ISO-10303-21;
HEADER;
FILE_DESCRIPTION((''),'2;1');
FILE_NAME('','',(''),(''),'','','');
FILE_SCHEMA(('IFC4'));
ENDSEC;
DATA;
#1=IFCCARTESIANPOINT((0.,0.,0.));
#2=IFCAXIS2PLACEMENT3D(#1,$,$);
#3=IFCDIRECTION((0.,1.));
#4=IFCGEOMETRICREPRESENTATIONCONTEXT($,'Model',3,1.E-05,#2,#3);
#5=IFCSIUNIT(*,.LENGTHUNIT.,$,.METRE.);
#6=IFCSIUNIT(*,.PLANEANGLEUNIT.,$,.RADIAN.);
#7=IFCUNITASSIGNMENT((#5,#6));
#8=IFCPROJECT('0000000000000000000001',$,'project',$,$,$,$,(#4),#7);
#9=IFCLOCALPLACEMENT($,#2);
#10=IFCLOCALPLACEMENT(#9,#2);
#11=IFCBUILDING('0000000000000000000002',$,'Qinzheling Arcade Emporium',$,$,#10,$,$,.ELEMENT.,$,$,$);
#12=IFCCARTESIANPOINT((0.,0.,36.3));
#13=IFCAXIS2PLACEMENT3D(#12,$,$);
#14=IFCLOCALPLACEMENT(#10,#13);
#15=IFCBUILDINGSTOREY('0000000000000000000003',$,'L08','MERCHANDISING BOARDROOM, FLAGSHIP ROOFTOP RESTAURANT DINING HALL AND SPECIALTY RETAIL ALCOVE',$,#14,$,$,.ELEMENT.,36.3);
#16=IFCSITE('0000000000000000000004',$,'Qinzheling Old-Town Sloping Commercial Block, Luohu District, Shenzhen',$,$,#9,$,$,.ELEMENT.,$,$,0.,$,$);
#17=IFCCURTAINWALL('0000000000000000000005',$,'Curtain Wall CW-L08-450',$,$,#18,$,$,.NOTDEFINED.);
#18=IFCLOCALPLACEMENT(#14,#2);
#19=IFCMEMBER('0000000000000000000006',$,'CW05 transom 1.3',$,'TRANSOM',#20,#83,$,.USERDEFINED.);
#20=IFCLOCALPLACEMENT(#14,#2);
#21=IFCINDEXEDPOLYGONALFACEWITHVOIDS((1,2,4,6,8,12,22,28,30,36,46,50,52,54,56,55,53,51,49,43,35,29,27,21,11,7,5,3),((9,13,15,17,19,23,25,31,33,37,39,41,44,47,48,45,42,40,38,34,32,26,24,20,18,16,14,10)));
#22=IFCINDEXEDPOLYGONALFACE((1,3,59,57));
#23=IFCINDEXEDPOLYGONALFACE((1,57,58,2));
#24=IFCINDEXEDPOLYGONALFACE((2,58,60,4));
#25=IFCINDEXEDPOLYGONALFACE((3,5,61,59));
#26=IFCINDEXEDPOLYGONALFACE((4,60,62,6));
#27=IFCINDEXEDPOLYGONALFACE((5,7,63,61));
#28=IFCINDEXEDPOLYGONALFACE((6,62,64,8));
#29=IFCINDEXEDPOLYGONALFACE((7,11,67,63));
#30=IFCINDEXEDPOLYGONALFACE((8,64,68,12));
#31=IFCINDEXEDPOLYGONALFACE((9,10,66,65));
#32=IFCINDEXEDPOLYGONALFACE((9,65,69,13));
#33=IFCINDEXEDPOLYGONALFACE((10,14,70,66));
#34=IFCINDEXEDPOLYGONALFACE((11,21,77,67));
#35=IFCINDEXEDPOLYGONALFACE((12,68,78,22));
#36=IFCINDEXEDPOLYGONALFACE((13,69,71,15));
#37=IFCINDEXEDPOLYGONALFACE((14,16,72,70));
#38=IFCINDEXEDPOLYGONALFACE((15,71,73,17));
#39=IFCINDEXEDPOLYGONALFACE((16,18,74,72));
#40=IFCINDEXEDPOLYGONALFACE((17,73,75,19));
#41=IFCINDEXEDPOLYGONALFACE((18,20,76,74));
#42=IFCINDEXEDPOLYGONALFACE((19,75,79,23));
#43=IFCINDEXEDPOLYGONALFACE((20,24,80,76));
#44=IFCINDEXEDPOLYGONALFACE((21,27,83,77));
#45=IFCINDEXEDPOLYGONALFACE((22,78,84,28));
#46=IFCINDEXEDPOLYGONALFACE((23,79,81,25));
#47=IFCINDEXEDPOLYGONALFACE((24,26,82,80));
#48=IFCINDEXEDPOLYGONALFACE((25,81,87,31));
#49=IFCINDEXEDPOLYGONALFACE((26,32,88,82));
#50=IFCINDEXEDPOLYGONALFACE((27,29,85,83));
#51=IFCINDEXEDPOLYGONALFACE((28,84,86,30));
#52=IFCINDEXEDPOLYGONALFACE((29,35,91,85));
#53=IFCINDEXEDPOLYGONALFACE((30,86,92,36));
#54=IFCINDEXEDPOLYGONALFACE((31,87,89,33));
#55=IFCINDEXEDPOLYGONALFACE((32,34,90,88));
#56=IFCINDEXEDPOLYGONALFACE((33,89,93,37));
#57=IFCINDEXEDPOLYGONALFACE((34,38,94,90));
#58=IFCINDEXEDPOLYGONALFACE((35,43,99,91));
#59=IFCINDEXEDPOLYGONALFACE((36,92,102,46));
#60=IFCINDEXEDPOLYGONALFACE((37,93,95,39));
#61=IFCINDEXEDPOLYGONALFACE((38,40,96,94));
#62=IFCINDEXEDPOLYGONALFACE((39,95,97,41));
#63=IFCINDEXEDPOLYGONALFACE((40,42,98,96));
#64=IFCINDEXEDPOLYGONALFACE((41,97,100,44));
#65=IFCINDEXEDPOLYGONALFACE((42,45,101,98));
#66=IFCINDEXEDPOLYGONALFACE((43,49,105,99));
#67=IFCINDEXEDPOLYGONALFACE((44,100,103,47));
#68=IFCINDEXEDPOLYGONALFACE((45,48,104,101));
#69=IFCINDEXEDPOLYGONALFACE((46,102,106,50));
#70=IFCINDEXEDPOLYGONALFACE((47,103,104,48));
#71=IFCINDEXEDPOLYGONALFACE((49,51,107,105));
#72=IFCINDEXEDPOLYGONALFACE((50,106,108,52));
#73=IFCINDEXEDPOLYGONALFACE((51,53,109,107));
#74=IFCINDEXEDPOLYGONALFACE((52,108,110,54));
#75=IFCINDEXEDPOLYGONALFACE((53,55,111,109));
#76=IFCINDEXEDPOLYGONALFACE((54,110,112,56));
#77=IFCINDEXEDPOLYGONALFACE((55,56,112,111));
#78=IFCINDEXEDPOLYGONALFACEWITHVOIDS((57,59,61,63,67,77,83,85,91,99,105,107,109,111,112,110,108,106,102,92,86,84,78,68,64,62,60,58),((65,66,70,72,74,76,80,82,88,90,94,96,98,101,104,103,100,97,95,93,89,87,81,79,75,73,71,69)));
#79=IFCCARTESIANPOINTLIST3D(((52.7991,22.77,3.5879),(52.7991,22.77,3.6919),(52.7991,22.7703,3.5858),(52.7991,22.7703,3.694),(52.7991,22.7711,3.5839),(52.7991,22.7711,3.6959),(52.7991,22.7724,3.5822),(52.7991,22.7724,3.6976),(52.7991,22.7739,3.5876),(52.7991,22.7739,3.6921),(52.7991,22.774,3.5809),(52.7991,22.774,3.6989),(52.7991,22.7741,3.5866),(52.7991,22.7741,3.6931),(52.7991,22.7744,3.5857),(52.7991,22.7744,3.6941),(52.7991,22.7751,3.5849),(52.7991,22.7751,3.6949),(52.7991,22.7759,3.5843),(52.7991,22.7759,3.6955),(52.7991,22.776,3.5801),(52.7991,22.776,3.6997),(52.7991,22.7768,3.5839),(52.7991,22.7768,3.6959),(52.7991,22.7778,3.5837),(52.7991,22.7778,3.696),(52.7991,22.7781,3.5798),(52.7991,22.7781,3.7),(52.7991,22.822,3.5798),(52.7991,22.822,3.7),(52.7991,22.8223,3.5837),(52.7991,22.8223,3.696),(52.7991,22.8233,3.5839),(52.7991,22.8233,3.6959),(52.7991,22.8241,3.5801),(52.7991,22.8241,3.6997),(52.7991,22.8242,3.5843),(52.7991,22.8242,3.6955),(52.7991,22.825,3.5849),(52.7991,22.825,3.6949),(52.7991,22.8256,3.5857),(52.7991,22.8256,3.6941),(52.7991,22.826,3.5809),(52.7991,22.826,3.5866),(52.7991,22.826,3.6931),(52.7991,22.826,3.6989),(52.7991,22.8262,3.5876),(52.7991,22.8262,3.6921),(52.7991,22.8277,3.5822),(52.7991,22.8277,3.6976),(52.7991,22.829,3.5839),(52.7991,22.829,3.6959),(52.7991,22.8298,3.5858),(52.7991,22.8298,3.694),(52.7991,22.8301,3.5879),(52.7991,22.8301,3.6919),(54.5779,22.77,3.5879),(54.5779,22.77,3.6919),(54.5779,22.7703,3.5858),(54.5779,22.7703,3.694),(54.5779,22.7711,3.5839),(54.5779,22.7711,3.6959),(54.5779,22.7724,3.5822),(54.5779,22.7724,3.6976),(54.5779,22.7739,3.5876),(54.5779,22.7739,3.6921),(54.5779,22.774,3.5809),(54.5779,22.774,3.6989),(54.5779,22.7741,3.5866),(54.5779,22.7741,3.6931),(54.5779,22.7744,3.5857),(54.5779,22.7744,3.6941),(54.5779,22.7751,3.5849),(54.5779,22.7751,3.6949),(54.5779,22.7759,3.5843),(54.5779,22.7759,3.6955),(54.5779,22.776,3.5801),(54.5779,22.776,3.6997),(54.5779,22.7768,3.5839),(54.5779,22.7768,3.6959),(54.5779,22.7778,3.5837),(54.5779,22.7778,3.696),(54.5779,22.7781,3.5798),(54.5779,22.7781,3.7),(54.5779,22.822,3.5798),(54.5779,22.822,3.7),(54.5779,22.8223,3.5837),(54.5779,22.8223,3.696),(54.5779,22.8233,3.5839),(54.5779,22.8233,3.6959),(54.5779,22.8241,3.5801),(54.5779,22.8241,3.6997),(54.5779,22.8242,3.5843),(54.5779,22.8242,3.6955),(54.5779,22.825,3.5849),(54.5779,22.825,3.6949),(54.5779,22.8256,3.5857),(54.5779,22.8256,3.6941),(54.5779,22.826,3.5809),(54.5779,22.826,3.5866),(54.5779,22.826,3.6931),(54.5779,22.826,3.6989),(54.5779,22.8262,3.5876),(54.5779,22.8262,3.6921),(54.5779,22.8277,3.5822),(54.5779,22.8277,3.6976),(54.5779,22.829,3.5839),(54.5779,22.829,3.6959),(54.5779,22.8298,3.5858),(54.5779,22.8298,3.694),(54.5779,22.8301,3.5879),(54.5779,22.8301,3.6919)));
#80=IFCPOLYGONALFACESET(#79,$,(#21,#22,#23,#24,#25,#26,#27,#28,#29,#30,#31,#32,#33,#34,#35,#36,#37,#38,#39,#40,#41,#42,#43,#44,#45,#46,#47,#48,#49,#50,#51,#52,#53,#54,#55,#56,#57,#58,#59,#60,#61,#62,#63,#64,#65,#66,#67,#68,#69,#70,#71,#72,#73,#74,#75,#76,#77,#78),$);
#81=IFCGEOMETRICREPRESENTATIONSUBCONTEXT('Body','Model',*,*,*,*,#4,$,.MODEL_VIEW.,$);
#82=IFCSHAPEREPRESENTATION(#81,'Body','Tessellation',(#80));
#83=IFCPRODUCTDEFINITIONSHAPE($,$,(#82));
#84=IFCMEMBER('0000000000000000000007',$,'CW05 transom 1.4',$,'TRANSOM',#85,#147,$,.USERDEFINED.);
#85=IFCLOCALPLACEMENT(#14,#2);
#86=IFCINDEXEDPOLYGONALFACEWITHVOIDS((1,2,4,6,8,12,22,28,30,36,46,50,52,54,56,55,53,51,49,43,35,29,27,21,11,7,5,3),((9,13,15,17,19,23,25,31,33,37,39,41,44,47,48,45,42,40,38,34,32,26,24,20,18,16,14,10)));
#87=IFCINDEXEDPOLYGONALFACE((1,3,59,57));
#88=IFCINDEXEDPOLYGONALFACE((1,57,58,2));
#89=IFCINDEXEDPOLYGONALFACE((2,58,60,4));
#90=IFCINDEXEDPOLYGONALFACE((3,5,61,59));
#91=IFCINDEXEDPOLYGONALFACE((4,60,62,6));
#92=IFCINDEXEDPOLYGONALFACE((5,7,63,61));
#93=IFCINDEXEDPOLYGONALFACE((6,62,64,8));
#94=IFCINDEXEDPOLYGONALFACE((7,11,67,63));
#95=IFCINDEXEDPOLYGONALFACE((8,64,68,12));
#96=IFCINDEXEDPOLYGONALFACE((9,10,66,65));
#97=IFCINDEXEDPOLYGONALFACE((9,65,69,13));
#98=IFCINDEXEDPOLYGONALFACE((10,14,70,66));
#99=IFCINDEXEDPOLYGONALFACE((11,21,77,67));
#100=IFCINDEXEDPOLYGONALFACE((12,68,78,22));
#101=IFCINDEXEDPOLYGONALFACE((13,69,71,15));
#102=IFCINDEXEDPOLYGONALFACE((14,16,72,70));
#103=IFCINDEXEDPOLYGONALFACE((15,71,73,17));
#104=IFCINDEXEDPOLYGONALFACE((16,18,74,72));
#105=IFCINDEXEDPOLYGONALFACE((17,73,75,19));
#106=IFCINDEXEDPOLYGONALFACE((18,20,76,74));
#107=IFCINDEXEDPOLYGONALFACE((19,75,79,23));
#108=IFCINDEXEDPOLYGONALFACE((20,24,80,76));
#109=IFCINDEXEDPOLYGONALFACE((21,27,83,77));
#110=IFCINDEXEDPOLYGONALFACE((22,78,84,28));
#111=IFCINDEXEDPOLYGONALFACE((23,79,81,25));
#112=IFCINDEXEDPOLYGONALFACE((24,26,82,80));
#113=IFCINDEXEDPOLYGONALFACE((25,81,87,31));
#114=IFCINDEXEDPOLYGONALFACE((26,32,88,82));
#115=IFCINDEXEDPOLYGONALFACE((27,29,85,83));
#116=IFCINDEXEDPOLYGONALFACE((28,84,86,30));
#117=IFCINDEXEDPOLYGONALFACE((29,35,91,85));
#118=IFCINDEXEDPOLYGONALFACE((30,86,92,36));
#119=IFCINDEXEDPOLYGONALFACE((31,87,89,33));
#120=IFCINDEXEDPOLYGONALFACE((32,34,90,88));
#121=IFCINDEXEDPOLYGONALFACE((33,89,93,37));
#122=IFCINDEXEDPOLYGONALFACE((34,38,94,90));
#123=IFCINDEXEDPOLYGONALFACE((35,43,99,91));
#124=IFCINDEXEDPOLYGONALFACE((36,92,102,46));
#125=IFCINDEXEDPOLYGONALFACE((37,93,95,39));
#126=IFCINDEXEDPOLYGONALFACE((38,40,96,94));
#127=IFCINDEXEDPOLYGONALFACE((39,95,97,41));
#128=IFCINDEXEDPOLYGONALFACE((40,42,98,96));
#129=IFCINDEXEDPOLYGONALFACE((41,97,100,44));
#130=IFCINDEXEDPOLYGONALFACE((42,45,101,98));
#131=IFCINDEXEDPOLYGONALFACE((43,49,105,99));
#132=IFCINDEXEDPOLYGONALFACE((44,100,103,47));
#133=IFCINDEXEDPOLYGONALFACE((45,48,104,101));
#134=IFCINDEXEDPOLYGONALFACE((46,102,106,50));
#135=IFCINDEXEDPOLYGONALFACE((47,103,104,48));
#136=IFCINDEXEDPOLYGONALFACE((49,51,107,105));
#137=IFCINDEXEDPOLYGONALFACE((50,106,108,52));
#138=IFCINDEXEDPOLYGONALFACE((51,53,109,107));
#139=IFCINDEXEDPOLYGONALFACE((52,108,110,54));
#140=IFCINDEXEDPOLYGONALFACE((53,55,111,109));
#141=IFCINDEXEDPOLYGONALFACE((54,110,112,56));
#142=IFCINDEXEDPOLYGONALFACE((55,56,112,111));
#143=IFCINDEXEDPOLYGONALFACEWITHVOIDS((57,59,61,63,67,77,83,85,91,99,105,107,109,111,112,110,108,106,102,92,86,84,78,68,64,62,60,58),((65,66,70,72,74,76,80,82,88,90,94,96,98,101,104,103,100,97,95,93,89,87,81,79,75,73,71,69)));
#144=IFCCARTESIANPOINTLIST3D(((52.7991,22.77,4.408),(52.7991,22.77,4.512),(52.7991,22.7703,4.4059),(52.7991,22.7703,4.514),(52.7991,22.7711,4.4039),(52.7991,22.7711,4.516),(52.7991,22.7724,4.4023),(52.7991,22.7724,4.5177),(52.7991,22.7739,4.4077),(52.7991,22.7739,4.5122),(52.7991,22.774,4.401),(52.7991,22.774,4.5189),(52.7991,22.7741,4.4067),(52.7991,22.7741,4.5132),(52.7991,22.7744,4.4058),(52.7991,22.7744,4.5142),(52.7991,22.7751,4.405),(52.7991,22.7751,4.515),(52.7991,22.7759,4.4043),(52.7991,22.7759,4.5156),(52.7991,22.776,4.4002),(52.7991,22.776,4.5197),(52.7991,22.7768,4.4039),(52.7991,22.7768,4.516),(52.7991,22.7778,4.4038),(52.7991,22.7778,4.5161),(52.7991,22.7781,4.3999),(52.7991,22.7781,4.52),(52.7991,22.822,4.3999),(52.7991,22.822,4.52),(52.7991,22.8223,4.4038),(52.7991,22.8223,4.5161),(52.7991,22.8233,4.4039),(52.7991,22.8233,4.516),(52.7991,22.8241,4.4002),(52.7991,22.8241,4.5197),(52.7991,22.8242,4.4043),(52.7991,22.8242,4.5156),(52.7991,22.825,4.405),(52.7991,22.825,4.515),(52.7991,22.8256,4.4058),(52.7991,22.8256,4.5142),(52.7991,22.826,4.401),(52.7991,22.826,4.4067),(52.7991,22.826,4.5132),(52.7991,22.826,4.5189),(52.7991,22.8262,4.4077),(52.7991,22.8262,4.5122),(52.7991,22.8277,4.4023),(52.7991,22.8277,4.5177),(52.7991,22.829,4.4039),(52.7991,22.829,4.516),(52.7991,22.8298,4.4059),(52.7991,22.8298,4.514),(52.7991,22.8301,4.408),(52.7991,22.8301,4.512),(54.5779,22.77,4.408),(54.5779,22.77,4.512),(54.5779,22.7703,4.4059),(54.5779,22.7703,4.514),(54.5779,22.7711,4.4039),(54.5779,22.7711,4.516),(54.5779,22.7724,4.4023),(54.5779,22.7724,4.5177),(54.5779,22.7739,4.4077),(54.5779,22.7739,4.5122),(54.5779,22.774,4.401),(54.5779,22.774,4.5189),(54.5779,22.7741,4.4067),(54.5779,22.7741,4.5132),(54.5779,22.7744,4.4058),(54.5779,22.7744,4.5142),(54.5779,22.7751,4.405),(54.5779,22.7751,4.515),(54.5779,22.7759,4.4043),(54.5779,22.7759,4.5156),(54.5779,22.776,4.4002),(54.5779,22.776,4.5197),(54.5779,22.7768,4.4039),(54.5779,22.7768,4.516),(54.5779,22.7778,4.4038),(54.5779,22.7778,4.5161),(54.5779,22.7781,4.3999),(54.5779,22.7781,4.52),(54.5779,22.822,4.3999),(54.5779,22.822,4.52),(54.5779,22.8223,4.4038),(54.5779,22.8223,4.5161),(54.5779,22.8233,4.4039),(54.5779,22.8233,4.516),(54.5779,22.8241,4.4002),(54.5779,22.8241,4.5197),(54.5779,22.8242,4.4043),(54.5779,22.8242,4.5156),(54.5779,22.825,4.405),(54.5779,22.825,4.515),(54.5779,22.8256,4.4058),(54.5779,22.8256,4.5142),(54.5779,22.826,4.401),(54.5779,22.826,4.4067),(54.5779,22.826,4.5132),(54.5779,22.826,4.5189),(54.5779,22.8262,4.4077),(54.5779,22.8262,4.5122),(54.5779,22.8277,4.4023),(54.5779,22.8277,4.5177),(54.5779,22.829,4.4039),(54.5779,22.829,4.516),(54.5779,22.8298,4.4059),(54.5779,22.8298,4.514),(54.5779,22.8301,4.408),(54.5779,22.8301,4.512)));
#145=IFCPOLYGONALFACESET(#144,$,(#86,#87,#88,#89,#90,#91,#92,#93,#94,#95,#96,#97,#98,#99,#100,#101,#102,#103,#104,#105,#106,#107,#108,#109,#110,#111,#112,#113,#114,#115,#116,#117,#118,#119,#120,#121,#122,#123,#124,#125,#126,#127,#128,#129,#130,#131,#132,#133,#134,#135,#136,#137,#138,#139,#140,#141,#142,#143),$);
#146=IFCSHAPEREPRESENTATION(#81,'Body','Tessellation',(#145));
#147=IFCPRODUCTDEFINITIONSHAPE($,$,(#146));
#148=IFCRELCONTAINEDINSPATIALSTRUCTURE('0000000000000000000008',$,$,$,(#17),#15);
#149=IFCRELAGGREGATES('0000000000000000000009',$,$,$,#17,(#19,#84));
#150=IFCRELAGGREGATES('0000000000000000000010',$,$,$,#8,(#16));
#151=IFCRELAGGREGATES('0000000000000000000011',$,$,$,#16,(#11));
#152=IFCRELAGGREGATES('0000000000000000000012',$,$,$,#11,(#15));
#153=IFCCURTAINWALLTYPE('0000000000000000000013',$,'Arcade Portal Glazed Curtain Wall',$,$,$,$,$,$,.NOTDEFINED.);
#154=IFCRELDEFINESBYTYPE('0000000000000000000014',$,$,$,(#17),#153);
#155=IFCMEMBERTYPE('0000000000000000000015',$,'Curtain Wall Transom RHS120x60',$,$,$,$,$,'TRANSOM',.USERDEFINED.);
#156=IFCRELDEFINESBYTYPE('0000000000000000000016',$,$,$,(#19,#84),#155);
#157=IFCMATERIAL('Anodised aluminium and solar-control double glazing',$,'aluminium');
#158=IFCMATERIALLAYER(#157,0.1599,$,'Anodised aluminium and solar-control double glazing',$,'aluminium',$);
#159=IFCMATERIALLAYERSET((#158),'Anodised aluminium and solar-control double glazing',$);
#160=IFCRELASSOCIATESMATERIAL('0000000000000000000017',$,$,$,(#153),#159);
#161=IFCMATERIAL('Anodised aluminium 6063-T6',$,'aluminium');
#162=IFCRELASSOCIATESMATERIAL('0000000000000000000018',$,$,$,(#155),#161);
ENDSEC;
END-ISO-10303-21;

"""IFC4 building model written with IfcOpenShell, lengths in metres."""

from ifc_helpers import new_model, si_unit, direction, frame, origin, origin_2d, place, context, subcontext, project, spatial, hollow_rectangle, extrude, material, layer, layer_set, material_profile, profile_set, type_object, element, aggregate, save


model = new_model("IFC4")

# Units and contexts
model_context = context("Model", 3, precision=1e-05, world=origin(), true_north=direction((0.0, 1.0)))
body_context = subcontext(model_context, "Body", "Model", "MODEL_VIEW")
ifc_project = project(units=[si_unit("LENGTHUNIT", "METRE"), si_unit("PLANEANGLEUNIT", "RADIAN")], contexts=[model_context])

# Site, building, storey
site_placement = place(None, origin())
site = spatial("IfcSite", under=ifc_project, at=site_placement, Name="Qinzheling Old-Town Sloping Commercial Block, Luohu District, Shenzhen", CompositionType="ELEMENT", RefElevation=0.0)
building_placement = place(site_placement, origin())
building = spatial("IfcBuilding", under=site, at=building_placement, Name="Qinzheling Arcade Emporium", CompositionType="ELEMENT")
storey_placement = place(building_placement, frame((0.0, 0.0, 36.3)))
storey = spatial("IfcBuildingStorey", under=building, at=storey_placement, Name="L08", Description="MERCHANDISING BOARDROOM, FLAGSHIP ROOFTOP RESTAURANT DINING HALL AND SPECIALTY RETAIL ALCOVE", CompositionType="ELEMENT", Elevation=36.3)

# Curtain wall, members
ifc_material_1 = material(Name="Anodised aluminium and solar-control double glazing", Category="aluminium")
ifc_layer_1 = layer(ifc_material_1, 0.1599, Name="Anodised aluminium and solar-control double glazing", Category="aluminium")
ifc_layer_set_1 = layer_set([ifc_layer_1], Name="Anodised aluminium and solar-control double glazing")
curtain_wall_type = type_object("IfcCurtainWallType", Name="Arcade Portal Glazed Curtain Wall", PredefinedType="NOTDEFINED", material=ifc_layer_set_1)
curtain_wall_placement = place(storey_placement, origin())
curtain_wall = element("IfcCurtainWall", 1, at=curtain_wall_placement, inside=storey, type_object=curtain_wall_type, Name="Curtain Wall CW-L08-450", PredefinedType="NOTDEFINED")
ifc_material_2 = material(Name="Anodised aluminium 6063-T6", Category="aluminium")
ifc_material_profile_1 = material_profile(ifc_material_2, hollow_rectangle(XDim=0.0601, YDim=0.1201, WallThickness=0.0039, InnerFilletRadius=0.0039, OuterFilletRadius=0.0081, at=origin_2d()), Name="RHS 120x60x4", Category="aluminium")
ifc_profile_set_1 = profile_set([ifc_material_profile_1], Name="Anodised aluminium 6063-T6")
member_type_1 = type_object("IfcMemberType", Name="Curtain Wall Transom RHS120x60", ElementType="TRANSOM", PredefinedType="USERDEFINED", material=ifc_profile_set_1)
member_1_placement = place(storey_placement, frame((54.5779, 22.8, 3.6399), z_axis=(-1.0, 0.0, 0.0), x_axis=(0.0, -1.0, 0.0)))
member_1 = element("IfcMember", 2, at=member_1_placement, type_object=member_type_1, Name="CW05 transom 1.3", ObjectType="TRANSOM", PredefinedType="USERDEFINED", context=body_context, shape_type="SweptSolid", body=[
    extrude(hollow_rectangle(XDim=0.0601, YDim=0.1201, WallThickness=0.0039, InnerFilletRadius=0.0039, OuterFilletRadius=0.0081, at=origin_2d()), origin(), (0.0, 0.0, 1.0), 1.7788),
])
member_2_placement = place(storey_placement, frame((54.5779, 22.8, 4.46), z_axis=(-1.0, 0.0, 0.0), x_axis=(0.0, -1.0, 0.0)))
member_2 = element("IfcMember", 3, at=member_2_placement, type_object=member_type_1, Name="CW05 transom 1.4", ObjectType="TRANSOM", PredefinedType="USERDEFINED", context=body_context, shape_type="SweptSolid", body=[
    extrude(hollow_rectangle(XDim=0.0601, YDim=0.1201, WallThickness=0.0039, InnerFilletRadius=0.0039, OuterFilletRadius=0.0081, at=origin_2d()), origin(), (0.0, 0.0, 1.0), 1.7788),
])

aggregate(curtain_wall, [member_1, member_2])

save(model, "model.ifc")
